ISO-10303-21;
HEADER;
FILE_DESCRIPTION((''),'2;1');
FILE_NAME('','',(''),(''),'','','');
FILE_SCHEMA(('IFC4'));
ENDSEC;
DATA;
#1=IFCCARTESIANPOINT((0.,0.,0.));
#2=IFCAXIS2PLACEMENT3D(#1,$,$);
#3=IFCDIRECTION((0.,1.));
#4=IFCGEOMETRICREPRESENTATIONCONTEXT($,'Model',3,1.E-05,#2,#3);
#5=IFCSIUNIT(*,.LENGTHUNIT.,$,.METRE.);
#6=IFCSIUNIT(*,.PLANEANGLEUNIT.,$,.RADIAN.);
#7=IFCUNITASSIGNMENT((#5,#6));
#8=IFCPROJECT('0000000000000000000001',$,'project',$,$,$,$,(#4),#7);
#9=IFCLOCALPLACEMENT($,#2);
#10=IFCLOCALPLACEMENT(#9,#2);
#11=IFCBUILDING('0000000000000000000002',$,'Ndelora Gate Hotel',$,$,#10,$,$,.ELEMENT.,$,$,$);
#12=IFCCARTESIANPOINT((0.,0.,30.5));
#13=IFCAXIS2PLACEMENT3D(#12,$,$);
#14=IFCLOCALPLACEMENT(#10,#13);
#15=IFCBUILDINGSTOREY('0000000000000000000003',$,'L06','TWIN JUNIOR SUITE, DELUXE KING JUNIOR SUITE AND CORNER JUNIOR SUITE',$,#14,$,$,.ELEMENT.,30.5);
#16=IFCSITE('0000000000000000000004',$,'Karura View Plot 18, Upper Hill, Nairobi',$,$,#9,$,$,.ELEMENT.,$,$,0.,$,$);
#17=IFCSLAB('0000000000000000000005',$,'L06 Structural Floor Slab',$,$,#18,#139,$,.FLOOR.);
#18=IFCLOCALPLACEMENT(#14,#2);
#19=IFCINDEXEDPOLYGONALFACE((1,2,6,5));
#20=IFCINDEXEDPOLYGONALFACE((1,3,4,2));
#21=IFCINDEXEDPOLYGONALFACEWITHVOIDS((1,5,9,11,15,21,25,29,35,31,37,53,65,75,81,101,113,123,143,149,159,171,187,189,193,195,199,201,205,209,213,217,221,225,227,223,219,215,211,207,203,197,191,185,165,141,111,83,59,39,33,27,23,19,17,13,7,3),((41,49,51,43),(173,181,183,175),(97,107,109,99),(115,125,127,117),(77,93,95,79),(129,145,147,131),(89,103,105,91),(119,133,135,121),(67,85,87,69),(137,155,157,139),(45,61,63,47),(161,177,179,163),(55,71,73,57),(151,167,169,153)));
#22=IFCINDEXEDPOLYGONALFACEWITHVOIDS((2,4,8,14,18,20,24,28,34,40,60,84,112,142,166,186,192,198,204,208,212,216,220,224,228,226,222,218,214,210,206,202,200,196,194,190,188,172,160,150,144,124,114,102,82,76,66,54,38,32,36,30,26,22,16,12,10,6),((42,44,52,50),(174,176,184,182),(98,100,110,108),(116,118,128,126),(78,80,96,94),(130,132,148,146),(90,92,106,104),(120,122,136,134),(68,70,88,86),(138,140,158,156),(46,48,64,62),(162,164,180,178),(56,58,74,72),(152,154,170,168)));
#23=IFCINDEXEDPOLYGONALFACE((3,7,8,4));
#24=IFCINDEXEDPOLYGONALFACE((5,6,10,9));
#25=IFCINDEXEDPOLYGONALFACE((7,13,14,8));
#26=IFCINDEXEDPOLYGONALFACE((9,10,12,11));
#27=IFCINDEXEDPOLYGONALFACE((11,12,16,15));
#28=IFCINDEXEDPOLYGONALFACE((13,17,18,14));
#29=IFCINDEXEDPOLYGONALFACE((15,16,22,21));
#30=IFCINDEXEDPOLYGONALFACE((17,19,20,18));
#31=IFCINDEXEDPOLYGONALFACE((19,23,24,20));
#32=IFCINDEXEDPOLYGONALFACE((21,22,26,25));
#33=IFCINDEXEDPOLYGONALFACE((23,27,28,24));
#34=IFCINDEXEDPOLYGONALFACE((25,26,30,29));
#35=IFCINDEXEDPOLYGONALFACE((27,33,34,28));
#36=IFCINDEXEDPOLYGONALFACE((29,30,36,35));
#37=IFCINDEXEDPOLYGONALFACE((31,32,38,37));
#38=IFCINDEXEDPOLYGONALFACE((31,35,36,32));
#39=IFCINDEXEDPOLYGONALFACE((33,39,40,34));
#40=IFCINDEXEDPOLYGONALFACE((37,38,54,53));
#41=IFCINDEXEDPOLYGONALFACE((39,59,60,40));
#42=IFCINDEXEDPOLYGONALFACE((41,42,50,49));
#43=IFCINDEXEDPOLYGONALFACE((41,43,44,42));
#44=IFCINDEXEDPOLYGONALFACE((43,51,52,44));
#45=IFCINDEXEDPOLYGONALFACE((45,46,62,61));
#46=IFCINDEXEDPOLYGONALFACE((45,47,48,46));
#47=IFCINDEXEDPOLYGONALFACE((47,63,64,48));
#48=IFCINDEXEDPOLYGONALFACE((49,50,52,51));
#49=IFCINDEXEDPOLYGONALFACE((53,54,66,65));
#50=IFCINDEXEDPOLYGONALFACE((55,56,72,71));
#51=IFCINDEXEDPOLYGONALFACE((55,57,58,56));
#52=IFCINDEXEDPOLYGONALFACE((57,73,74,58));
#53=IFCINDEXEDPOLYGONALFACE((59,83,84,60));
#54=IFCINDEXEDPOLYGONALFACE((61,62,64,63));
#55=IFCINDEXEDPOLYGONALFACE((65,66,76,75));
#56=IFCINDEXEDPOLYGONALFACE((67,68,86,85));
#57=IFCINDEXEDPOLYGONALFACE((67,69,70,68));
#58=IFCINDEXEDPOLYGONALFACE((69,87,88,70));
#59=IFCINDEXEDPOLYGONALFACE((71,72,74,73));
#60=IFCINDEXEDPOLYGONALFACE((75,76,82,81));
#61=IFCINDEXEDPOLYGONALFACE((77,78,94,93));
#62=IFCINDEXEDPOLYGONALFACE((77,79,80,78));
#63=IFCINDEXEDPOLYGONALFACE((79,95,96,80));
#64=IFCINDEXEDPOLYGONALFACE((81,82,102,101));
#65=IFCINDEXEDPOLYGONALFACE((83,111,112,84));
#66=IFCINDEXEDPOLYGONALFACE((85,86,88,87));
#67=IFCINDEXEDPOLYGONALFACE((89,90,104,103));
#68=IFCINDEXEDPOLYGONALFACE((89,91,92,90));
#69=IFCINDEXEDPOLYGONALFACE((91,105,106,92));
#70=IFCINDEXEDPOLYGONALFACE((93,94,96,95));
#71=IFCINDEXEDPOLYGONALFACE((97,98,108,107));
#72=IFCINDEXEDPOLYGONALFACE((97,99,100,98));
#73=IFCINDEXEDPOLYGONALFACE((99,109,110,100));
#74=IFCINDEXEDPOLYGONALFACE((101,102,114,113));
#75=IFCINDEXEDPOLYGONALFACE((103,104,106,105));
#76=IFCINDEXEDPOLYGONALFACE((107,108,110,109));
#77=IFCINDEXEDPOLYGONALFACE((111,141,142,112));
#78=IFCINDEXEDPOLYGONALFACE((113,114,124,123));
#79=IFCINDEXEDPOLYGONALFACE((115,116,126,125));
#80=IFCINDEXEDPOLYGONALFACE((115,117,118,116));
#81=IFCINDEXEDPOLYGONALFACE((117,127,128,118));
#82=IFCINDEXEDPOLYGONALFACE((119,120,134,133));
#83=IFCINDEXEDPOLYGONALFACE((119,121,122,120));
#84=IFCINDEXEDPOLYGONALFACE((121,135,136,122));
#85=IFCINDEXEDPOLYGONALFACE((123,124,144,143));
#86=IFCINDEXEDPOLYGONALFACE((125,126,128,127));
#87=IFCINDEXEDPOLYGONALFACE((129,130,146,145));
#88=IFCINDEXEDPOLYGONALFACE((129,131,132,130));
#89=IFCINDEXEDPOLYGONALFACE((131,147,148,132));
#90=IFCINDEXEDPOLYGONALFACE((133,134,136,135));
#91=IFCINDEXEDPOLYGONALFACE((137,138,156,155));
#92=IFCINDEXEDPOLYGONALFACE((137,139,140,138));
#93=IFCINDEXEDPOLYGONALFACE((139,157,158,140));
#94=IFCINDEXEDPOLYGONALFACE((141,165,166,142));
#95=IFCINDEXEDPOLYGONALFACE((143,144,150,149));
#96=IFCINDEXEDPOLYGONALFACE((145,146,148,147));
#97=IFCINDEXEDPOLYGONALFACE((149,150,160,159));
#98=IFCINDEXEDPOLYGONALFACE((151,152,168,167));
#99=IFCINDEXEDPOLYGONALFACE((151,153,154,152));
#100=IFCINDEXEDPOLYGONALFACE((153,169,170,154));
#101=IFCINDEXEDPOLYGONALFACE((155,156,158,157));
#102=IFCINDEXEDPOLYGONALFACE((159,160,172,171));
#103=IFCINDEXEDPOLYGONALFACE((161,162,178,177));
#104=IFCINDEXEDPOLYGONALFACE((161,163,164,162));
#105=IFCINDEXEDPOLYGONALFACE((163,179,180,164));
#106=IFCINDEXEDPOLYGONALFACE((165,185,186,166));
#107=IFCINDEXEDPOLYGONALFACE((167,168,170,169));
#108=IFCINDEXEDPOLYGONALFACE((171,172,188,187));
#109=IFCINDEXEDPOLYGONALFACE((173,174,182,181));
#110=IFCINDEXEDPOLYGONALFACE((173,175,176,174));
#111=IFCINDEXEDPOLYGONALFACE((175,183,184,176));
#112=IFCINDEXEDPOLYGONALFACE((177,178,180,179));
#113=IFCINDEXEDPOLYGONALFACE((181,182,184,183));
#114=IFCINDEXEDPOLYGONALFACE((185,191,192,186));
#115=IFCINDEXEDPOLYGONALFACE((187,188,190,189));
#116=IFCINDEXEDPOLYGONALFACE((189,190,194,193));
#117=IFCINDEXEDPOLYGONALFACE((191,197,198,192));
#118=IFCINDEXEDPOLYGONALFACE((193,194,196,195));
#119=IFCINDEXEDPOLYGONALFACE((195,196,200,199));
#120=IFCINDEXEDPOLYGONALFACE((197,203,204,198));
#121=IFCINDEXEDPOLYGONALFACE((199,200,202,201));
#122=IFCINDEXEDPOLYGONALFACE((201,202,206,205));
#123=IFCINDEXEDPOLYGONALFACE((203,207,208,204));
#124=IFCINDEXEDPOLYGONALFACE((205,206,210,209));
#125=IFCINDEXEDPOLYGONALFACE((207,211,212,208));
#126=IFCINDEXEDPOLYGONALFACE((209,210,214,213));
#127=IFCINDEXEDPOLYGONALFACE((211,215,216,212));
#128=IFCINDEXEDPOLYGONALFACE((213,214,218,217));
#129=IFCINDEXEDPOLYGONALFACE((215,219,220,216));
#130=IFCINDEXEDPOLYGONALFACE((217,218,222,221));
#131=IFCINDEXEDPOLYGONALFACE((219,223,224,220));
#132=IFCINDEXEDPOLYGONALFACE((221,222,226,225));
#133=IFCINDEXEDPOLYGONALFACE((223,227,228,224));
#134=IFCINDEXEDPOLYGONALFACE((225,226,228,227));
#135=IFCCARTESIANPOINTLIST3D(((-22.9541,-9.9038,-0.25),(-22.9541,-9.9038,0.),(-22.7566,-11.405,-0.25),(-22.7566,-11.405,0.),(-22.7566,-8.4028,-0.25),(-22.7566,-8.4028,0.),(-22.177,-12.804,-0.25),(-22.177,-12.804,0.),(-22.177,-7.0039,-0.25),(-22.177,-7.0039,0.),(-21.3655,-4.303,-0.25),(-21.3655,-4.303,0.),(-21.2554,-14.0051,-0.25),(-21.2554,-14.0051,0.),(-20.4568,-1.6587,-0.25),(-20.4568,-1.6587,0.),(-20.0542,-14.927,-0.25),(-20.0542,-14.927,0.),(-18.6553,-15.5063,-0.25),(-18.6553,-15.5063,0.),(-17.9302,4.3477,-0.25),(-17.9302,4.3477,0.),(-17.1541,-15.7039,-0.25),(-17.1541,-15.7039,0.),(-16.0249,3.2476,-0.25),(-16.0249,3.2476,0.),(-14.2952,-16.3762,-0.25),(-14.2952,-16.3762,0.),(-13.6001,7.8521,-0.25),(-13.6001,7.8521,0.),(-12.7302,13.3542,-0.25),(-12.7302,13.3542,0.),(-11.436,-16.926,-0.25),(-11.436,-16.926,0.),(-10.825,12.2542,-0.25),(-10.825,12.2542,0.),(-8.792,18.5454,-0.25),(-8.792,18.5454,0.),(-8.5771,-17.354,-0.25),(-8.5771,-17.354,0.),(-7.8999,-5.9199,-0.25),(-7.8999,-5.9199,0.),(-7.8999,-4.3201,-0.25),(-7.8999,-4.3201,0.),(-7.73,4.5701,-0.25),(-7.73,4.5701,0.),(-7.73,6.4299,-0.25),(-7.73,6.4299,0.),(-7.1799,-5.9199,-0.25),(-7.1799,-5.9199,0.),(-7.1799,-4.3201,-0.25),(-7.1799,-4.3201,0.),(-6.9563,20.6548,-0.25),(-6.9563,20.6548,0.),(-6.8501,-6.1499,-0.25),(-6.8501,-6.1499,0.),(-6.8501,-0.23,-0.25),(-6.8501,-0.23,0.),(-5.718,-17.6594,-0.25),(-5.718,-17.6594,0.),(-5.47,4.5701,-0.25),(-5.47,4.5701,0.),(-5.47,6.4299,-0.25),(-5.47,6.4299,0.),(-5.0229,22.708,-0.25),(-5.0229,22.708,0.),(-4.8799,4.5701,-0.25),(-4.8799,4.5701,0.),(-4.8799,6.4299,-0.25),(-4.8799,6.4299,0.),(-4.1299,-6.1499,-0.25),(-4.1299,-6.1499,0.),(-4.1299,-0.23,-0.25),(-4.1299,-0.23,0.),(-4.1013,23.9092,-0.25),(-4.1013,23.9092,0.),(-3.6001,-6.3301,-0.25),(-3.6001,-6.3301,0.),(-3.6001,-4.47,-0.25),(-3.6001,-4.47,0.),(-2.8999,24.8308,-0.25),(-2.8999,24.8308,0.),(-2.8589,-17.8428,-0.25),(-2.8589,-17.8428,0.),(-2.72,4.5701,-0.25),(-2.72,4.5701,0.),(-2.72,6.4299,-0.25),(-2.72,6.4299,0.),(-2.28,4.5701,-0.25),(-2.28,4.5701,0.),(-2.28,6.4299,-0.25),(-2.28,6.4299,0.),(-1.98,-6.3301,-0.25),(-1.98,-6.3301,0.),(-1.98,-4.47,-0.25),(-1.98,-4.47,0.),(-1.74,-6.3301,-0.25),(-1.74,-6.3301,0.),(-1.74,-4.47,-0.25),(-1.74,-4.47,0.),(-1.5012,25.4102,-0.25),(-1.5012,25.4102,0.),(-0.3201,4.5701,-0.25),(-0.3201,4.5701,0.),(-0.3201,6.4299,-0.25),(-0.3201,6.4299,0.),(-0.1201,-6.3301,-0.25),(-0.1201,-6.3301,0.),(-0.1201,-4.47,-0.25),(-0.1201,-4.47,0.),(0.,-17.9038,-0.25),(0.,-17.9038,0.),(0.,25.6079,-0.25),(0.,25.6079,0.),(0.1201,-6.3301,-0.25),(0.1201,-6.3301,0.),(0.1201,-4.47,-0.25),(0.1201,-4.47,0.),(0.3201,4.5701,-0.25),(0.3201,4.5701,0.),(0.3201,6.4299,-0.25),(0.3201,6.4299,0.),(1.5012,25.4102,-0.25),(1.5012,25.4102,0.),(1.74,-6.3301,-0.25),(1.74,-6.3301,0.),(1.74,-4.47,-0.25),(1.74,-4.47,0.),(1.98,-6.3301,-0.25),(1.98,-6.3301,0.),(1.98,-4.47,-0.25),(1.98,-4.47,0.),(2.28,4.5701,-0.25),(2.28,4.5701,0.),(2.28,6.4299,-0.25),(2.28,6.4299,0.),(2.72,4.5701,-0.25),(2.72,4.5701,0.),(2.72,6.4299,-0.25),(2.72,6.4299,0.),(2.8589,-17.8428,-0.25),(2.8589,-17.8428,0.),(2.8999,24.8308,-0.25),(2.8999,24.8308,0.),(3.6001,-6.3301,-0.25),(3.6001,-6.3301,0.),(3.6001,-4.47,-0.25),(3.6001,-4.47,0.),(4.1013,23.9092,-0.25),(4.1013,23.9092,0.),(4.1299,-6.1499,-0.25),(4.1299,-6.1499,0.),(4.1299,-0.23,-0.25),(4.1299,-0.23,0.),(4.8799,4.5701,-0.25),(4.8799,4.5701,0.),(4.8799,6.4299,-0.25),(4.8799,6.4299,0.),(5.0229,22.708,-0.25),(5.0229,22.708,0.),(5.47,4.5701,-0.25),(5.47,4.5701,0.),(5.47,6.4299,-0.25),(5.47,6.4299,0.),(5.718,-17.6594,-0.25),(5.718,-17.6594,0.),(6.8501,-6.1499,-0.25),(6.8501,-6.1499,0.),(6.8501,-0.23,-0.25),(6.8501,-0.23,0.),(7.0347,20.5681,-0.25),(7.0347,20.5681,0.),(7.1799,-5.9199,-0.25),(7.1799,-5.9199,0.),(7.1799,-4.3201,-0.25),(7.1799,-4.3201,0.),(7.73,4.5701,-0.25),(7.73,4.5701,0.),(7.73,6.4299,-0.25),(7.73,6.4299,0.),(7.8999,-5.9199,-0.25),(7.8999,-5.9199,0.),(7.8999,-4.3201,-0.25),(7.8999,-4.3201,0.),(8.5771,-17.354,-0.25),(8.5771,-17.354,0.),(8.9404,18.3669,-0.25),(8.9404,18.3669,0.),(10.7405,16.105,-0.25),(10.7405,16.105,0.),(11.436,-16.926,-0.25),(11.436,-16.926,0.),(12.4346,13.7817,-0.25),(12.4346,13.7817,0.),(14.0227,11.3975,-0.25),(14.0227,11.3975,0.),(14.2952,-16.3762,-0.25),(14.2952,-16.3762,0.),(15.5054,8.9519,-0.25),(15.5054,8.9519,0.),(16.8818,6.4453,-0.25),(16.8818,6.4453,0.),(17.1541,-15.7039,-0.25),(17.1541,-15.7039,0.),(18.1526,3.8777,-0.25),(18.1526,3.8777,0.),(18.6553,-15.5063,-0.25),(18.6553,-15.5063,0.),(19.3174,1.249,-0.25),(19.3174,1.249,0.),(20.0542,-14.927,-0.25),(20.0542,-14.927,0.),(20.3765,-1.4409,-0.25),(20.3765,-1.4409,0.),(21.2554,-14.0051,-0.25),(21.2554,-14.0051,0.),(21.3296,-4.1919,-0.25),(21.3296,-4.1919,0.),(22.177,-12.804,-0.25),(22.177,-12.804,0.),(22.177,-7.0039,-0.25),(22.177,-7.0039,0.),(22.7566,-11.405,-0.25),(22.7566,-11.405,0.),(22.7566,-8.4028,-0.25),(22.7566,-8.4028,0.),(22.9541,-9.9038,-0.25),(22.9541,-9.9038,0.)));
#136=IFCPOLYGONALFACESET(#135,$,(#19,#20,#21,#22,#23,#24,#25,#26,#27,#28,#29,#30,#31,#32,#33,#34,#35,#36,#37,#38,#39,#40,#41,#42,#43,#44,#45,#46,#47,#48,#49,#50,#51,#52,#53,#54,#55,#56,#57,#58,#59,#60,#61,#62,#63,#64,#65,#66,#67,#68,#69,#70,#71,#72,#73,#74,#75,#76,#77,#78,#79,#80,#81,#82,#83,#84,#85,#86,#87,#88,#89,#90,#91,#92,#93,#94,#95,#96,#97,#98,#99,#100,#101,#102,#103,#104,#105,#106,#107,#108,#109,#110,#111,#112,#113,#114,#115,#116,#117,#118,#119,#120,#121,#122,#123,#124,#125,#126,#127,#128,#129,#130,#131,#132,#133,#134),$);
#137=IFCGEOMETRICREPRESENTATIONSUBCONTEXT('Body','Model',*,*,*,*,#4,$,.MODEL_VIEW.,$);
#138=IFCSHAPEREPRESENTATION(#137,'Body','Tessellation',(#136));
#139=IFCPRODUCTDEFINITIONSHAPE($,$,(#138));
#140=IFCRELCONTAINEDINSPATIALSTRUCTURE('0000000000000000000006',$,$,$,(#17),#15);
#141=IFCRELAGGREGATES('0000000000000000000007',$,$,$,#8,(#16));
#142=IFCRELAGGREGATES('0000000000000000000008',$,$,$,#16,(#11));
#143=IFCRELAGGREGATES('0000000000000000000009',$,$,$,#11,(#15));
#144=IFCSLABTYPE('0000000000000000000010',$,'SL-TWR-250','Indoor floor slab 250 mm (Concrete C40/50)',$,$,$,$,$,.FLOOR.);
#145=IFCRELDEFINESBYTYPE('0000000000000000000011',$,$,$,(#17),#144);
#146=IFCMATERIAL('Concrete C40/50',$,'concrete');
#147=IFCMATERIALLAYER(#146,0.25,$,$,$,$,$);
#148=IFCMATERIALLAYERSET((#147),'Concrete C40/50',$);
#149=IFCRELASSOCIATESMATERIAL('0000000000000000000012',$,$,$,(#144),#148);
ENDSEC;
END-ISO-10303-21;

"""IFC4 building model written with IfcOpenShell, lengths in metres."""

from ifc_helpers import new_model, si_unit, direction, frame, origin, place, context, subcontext, project, spatial, polyline, outline, extrude, material, layer, layer_set, type_object, element, save


model = new_model("IFC4")

# Units and contexts
model_context = context("Model", 3, precision=1e-05, world=origin(), true_north=direction((0.0, 1.0)))
body_context = subcontext(model_context, "Body", "Model", "MODEL_VIEW")
ifc_project = project(units=[si_unit("LENGTHUNIT", "METRE"), si_unit("PLANEANGLEUNIT", "RADIAN")], contexts=[model_context])

# Site, building, storey
site_placement = place(None, origin())
site = spatial("IfcSite", under=ifc_project, at=site_placement, Name="Karura View Plot 18, Upper Hill, Nairobi", CompositionType="ELEMENT", RefElevation=0.0)
building_placement = place(site_placement, origin())
building = spatial("IfcBuilding", under=site, at=building_placement, Name="Ndelora Gate Hotel", CompositionType="ELEMENT")
storey_placement = place(building_placement, frame((0.0, 0.0, 30.5)))
storey = spatial("IfcBuildingStorey", under=building, at=storey_placement, Name="L06", Description="TWIN JUNIOR SUITE, DELUXE KING JUNIOR SUITE AND CORNER JUNIOR SUITE", CompositionType="ELEMENT", Elevation=30.5)

# Slab
ifc_material_1 = material(Name="Concrete C40/50", Category="concrete")
ifc_layer_1 = layer(ifc_material_1, 0.25)
ifc_layer_set_1 = layer_set([ifc_layer_1], Name="Concrete C40/50")
slab_type_1 = type_object("IfcSlabType", Name="SL-TWR-250", Description="Indoor floor slab 250 mm (Concrete C40/50)", PredefinedType="FLOOR", material=ifc_layer_set_1)
slab_1_placement = place(storey_placement, frame((0.0, 0.0, -0.25)))
element("IfcSlab", 1, at=slab_1_placement, inside=storey, type_object=slab_type_1, Name="L06 Structural Floor Slab", PredefinedType="FLOOR", context=body_context, shape_type="SweptSolid", body=[
    extrude(outline(polyline([(5.0229, 22.708), (4.1013, 23.9092), (2.8999, 24.8308), (1.5012, 25.4102), (0.0, 25.6079), (-1.5012, 25.4102), (-2.8999, 24.8308), (-4.1013, 23.9092), (-5.0229, 22.708), (-6.9563, 20.6548), (-8.792, 18.5454), (-12.7302, 13.3542), (-10.825, 12.2542), (-13.6001, 7.8521), (-16.0249, 3.2476), (-17.9302, 4.3477), (-20.4568, -1.6587), (-21.3655, -4.303), (-22.177, -7.0039), (-22.7566, -8.4028), (-22.9541, -9.9038), (-22.7566, -11.405), (-22.177, -12.804), (-21.2554, -14.0051), (-20.0542, -14.927), (-18.6553, -15.5063), (-17.1541, -15.7039), (-14.2952, -16.3762), (-11.436, -16.926), (-8.5771, -17.354), (-5.718, -17.6594), (-2.8589, -17.8428), (0.0, -17.9038), (2.8589, -17.8428), (5.718, -17.6594), (8.5771, -17.354), (11.436, -16.926), (14.2952, -16.3762), (17.1541, -15.7039), (18.6553, -15.5063), (20.0542, -14.927), (21.2554, -14.0051), (22.177, -12.804), (22.7566, -11.405), (22.9541, -9.9038), (22.7566, -8.4028), (22.177, -7.0039), (21.3296, -4.1919), (20.3765, -1.4409), (19.3174, 1.249), (18.1526, 3.8777), (16.8818, 6.4453), (15.5054, 8.9519), (14.0227, 11.3975), (12.4346, 13.7817), (10.7405, 16.105), (8.9404, 18.3669), (7.0347, 20.5681), (5.0229, 22.708)]), holes=[polyline([(-6.8501, -0.23), (-6.8501, -6.1499), (-4.1299, -6.1499), (-4.1299, -0.23), (-6.8501, -0.23)]), polyline([(4.1299, -0.23), (4.1299, -6.1499), (6.8501, -6.1499), (6.8501, -0.23), (4.1299, -0.23)]), polyline([(-7.73, 4.5701), (-5.47, 4.5701), (-5.47, 6.4299), (-7.73, 6.4299), (-7.73, 4.5701)]), polyline([(5.47, 4.5701), (7.73, 4.5701), (7.73, 6.4299), (5.47, 6.4299), (5.47, 4.5701)]), polyline([(-4.8799, 4.5701), (-2.72, 4.5701), (-2.72, 6.4299), (-4.8799, 6.4299), (-4.8799, 4.5701)]), polyline([(2.72, 4.5701), (4.8799, 4.5701), (4.8799, 6.4299), (2.72, 6.4299), (2.72, 4.5701)]), polyline([(-3.6001, -6.3301), (-1.98, -6.3301), (-1.98, -4.47), (-3.6001, -4.47), (-3.6001, -6.3301)]), polyline([(-1.74, -6.3301), (-0.1201, -6.3301), (-0.1201, -4.47), (-1.74, -4.47), (-1.74, -6.3301)]), polyline([(0.1201, -6.3301), (1.74, -6.3301), (1.74, -4.47), (0.1201, -4.47), (0.1201, -6.3301)]), polyline([(1.98, -6.3301), (3.6001, -6.3301), (3.6001, -4.47), (1.98, -4.47), (1.98, -6.3301)]), polyline([(-2.28, 4.5701), (-0.3201, 4.5701), (-0.3201, 6.4299), (-2.28, 6.4299), (-2.28, 4.5701)]), polyline([(0.3201, 4.5701), (2.28, 4.5701), (2.28, 6.4299), (0.3201, 6.4299), (0.3201, 4.5701)]), polyline([(-7.8999, -5.9199), (-7.1799, -5.9199), (-7.1799, -4.3201), (-7.8999, -4.3201), (-7.8999, -5.9199)]), polyline([(7.1799, -5.9199), (7.8999, -5.9199), (7.8999, -4.3201), (7.1799, -4.3201), (7.1799, -5.9199)])]), origin(), (0.0, 0.0, 1.0), 0.25),
])

save(model, "model.ifc")
